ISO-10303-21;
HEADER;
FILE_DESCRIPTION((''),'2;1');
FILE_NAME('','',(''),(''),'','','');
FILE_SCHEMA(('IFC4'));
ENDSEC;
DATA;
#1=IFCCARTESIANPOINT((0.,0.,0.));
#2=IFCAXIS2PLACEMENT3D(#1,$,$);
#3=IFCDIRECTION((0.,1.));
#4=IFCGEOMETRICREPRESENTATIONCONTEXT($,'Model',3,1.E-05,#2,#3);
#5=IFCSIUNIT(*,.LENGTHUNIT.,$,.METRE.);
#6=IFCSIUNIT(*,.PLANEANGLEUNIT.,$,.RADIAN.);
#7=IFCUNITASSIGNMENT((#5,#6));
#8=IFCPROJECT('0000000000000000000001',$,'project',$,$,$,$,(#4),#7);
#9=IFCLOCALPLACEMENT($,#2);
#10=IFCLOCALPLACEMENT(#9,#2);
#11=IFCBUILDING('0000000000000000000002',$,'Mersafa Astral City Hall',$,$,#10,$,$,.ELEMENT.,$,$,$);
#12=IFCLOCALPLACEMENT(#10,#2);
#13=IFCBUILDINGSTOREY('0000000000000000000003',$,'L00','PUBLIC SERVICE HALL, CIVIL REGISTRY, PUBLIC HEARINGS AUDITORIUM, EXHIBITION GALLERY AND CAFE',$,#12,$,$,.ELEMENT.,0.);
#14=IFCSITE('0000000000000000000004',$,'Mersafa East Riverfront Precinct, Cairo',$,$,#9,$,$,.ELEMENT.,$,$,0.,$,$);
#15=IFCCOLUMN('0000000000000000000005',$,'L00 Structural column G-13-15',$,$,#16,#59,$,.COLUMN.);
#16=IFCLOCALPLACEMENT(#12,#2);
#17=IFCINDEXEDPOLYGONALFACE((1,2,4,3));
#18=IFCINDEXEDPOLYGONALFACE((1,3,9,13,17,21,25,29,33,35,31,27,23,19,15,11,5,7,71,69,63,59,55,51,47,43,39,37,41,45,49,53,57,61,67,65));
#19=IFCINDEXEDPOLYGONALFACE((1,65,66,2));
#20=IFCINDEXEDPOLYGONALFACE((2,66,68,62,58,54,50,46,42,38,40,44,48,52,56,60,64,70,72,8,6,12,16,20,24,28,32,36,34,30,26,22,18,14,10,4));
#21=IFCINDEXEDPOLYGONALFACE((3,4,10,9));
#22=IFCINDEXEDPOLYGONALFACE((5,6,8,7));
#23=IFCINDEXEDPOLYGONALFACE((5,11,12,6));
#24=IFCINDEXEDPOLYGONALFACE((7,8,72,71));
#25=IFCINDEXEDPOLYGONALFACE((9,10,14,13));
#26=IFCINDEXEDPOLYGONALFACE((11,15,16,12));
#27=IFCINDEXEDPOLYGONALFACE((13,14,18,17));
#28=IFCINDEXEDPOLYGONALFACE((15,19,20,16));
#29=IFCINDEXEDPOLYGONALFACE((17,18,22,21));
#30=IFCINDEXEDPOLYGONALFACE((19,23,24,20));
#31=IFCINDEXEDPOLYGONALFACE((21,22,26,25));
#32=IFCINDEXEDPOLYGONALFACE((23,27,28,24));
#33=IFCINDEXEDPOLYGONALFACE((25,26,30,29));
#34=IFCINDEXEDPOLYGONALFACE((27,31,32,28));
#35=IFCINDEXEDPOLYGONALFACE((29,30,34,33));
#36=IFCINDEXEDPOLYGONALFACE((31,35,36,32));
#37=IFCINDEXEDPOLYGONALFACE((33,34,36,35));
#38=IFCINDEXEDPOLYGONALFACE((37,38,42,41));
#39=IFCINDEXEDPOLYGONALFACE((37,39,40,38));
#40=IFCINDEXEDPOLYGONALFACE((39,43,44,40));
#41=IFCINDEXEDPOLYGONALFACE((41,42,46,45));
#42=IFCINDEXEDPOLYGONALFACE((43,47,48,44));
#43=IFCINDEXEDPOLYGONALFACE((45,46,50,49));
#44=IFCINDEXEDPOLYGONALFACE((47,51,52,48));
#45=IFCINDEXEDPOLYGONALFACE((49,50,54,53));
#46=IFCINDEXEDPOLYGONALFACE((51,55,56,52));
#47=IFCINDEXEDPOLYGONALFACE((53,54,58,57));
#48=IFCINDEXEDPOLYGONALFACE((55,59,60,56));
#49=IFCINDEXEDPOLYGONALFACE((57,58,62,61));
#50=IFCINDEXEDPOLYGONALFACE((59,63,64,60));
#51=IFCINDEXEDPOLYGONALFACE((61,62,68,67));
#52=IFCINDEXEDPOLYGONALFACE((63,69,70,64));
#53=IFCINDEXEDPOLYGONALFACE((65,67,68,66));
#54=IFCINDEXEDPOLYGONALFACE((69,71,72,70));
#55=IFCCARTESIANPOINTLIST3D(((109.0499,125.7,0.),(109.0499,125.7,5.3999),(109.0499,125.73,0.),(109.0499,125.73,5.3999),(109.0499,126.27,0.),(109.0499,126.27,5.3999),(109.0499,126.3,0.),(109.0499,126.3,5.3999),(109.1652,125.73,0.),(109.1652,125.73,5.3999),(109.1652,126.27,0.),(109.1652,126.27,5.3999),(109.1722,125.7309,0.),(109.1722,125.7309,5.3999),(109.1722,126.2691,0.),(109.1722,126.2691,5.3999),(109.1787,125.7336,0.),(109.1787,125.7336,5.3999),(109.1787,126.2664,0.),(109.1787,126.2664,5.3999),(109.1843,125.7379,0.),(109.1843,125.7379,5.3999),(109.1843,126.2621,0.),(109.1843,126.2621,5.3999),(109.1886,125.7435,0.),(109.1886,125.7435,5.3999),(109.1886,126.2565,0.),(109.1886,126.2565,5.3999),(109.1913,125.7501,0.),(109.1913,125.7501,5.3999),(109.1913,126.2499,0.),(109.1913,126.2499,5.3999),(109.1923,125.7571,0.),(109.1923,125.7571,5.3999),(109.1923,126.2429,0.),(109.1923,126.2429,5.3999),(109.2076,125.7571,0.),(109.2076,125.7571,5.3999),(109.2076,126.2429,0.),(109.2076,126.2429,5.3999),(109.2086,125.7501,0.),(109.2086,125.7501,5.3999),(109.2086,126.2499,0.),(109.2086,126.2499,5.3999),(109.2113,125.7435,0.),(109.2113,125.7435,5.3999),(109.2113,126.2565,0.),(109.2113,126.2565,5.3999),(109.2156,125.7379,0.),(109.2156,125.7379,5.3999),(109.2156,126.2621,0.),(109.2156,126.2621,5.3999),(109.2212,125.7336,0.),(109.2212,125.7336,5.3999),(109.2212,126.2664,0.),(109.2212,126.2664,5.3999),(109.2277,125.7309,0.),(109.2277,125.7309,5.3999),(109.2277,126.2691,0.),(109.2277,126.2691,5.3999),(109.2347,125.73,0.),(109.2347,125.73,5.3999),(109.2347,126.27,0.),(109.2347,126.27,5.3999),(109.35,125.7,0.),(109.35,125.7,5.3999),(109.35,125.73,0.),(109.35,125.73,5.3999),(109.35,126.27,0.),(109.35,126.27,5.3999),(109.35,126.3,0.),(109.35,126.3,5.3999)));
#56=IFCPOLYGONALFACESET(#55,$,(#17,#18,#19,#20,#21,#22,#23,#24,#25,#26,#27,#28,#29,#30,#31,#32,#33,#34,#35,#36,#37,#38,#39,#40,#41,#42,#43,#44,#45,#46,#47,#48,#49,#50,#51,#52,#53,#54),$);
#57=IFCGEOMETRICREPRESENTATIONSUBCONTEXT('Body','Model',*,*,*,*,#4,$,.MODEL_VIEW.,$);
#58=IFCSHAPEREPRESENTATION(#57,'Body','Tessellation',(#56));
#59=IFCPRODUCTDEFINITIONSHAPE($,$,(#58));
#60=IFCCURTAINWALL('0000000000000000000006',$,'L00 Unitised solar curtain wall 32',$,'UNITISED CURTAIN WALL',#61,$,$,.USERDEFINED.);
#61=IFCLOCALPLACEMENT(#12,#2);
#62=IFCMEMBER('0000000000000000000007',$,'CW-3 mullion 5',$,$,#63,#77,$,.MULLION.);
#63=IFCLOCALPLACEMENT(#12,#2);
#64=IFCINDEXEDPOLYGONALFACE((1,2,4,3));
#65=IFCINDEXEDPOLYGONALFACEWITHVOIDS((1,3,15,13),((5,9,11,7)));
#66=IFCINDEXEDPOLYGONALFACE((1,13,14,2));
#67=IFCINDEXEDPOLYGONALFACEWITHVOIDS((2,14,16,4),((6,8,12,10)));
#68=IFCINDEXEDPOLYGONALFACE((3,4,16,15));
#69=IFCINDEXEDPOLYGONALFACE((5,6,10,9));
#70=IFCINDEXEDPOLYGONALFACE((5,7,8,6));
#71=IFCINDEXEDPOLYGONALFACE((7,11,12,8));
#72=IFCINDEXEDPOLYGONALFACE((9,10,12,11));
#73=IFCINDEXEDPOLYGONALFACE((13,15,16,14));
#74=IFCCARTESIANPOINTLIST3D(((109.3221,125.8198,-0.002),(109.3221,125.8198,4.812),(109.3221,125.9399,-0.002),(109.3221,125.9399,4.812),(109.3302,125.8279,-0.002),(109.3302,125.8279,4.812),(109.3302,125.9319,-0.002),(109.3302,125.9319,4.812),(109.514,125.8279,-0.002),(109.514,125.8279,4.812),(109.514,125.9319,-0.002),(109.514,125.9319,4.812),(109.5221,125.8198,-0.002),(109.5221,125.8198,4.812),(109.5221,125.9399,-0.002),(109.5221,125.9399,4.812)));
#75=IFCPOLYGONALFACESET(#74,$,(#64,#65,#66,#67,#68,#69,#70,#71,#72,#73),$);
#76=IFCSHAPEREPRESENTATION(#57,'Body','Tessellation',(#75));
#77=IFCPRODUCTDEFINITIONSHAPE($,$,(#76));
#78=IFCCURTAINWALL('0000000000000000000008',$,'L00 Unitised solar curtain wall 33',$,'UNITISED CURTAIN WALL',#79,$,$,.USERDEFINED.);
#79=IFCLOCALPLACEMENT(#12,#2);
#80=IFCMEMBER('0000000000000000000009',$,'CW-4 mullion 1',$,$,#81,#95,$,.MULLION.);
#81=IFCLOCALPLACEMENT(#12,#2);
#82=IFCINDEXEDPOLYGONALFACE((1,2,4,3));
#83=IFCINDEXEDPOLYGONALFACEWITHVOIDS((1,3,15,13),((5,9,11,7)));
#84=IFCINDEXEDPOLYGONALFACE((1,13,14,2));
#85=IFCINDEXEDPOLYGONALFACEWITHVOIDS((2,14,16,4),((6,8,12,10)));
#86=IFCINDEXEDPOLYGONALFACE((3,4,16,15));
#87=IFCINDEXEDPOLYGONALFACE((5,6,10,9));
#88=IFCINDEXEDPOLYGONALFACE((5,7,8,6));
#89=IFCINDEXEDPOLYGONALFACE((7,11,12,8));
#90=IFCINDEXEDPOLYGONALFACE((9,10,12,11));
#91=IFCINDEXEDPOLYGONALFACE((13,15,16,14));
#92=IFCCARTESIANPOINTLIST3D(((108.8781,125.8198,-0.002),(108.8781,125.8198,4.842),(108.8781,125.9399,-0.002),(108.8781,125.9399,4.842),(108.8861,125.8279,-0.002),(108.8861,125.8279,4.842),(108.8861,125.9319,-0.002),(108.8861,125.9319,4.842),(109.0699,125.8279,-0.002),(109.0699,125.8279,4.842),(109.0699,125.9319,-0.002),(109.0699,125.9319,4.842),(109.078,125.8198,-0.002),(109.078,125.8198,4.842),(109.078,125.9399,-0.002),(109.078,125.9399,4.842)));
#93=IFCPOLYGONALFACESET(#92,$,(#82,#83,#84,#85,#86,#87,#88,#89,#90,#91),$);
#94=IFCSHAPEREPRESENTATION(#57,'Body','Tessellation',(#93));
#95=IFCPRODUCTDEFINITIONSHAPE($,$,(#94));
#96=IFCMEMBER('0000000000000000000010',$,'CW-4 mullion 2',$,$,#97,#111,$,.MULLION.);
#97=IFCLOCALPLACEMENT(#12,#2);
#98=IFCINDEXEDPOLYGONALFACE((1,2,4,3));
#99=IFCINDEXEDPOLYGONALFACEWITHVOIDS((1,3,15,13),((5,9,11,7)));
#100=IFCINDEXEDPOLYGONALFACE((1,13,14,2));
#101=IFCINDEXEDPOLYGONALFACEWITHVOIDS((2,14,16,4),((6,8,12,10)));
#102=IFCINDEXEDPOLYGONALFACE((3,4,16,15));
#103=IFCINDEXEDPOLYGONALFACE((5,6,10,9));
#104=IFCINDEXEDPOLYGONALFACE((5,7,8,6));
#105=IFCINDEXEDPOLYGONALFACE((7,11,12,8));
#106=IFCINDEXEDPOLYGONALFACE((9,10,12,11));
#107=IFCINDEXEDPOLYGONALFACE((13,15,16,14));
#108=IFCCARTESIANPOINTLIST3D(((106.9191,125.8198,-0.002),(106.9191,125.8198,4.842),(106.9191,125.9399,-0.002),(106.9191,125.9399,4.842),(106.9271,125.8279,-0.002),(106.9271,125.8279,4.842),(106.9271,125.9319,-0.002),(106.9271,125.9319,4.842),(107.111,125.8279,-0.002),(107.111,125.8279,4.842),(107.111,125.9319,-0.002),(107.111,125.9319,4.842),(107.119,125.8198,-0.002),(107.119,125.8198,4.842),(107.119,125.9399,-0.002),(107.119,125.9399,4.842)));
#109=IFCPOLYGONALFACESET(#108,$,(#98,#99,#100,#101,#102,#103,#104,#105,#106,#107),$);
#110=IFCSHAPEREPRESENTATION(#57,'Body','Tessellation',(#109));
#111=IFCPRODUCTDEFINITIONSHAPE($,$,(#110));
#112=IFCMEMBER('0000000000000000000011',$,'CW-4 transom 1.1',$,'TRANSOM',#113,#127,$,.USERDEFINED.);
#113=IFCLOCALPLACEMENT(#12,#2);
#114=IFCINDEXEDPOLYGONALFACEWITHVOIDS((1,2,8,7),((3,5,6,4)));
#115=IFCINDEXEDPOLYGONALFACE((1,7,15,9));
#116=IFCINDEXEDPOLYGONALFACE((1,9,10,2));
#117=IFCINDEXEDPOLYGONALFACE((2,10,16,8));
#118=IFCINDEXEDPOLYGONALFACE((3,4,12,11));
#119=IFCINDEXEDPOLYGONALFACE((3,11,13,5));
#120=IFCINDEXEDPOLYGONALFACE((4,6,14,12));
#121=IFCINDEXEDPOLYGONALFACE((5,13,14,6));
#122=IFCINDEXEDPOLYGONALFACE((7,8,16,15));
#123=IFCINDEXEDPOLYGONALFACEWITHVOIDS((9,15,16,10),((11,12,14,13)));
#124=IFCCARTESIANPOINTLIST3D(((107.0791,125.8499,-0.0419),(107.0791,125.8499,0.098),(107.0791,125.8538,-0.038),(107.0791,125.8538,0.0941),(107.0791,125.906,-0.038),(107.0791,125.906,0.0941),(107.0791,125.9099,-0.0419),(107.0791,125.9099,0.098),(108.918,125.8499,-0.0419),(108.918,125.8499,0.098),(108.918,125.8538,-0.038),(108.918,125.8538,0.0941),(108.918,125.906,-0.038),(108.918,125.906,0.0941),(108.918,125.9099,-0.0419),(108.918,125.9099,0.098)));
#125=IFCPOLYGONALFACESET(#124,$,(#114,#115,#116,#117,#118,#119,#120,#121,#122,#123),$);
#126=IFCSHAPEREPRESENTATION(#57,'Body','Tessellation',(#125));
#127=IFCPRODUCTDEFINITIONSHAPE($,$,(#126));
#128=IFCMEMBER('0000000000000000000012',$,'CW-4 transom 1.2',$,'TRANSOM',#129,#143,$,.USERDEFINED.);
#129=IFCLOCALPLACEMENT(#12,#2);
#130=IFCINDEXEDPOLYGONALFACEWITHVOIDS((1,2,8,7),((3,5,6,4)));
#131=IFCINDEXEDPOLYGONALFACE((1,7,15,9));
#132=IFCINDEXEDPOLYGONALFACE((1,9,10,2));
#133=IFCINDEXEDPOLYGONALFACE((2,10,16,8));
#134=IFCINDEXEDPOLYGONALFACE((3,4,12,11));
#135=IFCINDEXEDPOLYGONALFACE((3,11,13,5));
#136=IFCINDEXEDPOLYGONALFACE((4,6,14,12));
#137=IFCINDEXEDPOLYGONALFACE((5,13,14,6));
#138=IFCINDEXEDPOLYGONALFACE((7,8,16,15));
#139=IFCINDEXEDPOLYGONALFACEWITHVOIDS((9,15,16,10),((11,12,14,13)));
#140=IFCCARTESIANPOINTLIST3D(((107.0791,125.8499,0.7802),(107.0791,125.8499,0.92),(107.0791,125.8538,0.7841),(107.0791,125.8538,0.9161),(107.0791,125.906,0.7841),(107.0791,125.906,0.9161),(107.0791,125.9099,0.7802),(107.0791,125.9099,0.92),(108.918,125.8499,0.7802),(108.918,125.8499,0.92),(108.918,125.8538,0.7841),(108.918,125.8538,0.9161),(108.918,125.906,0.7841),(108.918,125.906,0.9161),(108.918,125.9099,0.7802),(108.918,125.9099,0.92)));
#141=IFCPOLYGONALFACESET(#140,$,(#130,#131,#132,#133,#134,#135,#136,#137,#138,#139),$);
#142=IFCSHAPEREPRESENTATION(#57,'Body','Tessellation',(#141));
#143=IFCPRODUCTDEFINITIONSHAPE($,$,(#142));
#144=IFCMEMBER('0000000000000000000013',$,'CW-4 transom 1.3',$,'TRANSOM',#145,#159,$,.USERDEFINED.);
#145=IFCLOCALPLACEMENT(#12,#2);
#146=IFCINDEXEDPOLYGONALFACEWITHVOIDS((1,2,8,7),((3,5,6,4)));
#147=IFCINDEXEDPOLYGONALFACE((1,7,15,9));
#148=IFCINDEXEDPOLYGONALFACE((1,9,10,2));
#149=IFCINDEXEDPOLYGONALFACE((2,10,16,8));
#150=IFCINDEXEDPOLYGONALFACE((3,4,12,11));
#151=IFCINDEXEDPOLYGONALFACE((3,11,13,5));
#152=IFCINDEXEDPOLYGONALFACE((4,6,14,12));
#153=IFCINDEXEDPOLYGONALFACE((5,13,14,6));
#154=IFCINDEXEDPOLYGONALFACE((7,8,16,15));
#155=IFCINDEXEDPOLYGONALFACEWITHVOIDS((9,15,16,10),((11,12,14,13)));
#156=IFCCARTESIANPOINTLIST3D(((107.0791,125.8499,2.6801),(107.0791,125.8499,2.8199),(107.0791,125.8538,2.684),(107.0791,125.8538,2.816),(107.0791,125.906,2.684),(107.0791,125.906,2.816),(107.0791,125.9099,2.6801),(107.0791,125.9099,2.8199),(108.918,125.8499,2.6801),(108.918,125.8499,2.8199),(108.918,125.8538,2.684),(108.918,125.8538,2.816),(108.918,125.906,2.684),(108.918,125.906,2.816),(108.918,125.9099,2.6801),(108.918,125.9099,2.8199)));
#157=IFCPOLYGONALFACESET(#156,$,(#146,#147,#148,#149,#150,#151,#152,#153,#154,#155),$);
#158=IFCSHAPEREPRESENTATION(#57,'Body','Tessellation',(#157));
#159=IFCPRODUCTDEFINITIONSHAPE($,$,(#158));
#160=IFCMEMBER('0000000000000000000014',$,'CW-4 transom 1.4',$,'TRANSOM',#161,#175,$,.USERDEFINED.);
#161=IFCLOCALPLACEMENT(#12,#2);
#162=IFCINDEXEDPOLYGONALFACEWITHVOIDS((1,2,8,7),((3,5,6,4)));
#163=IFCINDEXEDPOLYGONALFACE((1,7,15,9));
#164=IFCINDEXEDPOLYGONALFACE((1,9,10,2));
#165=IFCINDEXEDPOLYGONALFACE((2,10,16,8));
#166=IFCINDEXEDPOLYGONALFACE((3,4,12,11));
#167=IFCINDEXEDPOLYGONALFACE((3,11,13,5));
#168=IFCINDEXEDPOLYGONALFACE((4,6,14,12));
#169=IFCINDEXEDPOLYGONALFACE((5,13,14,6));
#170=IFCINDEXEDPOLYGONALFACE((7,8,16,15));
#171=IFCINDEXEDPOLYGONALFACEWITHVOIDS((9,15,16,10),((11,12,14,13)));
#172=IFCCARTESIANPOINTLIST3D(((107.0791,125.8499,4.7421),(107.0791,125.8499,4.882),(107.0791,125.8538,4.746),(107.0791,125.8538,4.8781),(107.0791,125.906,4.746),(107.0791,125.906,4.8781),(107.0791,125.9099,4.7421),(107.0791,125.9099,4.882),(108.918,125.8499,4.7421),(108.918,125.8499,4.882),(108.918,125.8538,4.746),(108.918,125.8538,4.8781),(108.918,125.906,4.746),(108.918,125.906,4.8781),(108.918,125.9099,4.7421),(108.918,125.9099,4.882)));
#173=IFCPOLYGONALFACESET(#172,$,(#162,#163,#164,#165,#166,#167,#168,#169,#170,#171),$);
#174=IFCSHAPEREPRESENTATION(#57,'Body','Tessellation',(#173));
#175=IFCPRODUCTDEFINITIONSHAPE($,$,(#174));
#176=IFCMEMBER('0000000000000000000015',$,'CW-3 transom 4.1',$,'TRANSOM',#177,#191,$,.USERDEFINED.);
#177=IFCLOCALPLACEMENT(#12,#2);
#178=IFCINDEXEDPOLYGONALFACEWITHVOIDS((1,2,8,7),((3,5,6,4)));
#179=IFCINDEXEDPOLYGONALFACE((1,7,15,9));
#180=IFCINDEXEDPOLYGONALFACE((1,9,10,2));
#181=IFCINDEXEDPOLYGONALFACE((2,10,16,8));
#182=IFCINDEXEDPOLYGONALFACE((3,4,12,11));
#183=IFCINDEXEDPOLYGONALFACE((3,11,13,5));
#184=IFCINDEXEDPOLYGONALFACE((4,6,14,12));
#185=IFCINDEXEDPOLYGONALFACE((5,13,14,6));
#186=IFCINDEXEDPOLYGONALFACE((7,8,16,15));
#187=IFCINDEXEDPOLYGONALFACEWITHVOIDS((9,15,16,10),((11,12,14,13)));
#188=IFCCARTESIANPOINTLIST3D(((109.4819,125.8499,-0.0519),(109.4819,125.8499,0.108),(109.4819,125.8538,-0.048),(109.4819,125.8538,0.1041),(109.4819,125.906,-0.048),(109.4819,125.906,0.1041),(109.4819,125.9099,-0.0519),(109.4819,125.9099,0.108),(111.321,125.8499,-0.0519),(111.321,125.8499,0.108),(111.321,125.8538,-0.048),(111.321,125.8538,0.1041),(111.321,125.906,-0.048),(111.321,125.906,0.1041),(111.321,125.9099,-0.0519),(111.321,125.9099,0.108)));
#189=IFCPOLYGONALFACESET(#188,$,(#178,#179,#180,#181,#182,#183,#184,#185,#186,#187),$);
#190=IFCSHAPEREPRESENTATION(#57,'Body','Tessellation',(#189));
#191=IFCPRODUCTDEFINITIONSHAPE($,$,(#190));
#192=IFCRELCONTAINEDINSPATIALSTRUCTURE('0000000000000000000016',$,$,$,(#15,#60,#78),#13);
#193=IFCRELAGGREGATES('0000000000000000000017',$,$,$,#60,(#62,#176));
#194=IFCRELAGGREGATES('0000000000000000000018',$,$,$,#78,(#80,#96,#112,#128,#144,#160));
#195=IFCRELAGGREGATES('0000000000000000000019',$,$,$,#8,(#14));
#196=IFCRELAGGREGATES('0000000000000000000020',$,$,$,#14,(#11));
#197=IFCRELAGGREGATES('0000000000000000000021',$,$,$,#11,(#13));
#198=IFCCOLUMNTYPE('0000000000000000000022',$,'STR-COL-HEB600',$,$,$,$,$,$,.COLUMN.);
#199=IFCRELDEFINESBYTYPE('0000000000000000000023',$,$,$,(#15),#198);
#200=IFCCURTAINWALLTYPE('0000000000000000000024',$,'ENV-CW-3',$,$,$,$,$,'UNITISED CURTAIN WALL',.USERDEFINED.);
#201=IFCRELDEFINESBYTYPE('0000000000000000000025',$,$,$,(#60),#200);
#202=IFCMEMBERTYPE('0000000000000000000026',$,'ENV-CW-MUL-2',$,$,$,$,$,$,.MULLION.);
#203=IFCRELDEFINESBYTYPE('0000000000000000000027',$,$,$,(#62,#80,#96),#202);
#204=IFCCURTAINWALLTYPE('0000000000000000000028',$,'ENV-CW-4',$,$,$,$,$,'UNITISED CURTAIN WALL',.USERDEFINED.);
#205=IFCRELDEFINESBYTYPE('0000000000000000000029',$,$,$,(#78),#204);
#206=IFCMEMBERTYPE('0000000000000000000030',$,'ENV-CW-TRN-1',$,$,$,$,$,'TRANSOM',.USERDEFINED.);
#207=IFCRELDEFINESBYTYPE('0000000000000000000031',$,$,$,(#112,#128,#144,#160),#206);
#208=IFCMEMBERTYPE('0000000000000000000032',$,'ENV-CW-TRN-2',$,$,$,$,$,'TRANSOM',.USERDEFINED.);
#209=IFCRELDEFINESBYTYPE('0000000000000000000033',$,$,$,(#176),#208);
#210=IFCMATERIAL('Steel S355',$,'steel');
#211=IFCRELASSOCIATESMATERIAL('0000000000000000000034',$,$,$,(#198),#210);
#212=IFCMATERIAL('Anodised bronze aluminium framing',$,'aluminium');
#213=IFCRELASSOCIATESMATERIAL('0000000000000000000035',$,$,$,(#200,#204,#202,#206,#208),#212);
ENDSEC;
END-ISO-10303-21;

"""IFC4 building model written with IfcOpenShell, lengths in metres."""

from ifc_helpers import new_model, si_unit, direction, frame, origin, origin_2d, place, context, subcontext, project, spatial, hollow_rectangle, i_section, extrude, material, material_profile, profile_set, type_object, element, aggregate, save


model = new_model("IFC4")

# Units and contexts
model_context = context("Model", 3, precision=1e-05, world=origin(), true_north=direction((0.0, 1.0)))
body_context = subcontext(model_context, "Body", "Model", "MODEL_VIEW")
ifc_project = project(units=[si_unit("LENGTHUNIT", "METRE"), si_unit("PLANEANGLEUNIT", "RADIAN")], contexts=[model_context])

# Site, building, storey
site_placement = place(None, origin())
site = spatial("IfcSite", under=ifc_project, at=site_placement, Name="Mersafa East Riverfront Precinct, Cairo", CompositionType="ELEMENT", RefElevation=0.0)
building_placement = place(site_placement, origin())
building = spatial("IfcBuilding", under=site, at=building_placement, Name="Mersafa Astral City Hall", CompositionType="ELEMENT")
storey_placement = place(building_placement, origin())
storey = spatial("IfcBuildingStorey", under=building, at=storey_placement, Name="L00", Description="PUBLIC SERVICE HALL, CIVIL REGISTRY, PUBLIC HEARINGS AUDITORIUM, EXHIBITION GALLERY AND CAFE", CompositionType="ELEMENT", Elevation=0.0)

# Column
ifc_material_1 = material(Name="Steel S355", Category="steel")
ifc_material_profile_1 = material_profile(ifc_material_1, i_section(OverallWidth=0.3, OverallDepth=0.6001, WebThickness=0.0154, FlangeThickness=0.03, FilletRadius=0.0271, at=origin_2d()), Name="HEB 600")
ifc_profile_set_1 = profile_set([ifc_material_profile_1], Name="Steel S355")
column_type = type_object("IfcColumnType", Name="STR-COL-HEB600", PredefinedType="COLUMN", material=ifc_profile_set_1)
column_placement = place(storey_placement, frame((109.2, 126.0, 0.0), z_axis=(0.0, 0.0, 1.0), x_axis=(1.0, 0.0, 0.0)))
element("IfcColumn", 1, at=column_placement, inside=storey, type_object=column_type, Name="L00 Structural column G-13-15", PredefinedType="COLUMN", context=body_context, shape_type="SweptSolid", body=[
    extrude(i_section(OverallWidth=0.3, OverallDepth=0.6001, WebThickness=0.0154, FlangeThickness=0.03, FilletRadius=0.0271, at=origin_2d()), origin(), (0.0, 0.0, 1.0), 5.3999),
])

# Curtain wall, member
ifc_material_2 = material(Name="Anodised bronze aluminium framing", Category="aluminium")
curtain_wall_type_1 = type_object("IfcCurtainWallType", Name="ENV-CW-3", ElementType="UNITISED CURTAIN WALL", PredefinedType="USERDEFINED", material=ifc_material_2)
curtain_wall_1_placement = place(storey_placement, origin())
curtain_wall_1 = element("IfcCurtainWall", 2, at=curtain_wall_1_placement, inside=storey, type_object=curtain_wall_type_1, Name="L00 Unitised solar curtain wall 32", ObjectType="UNITISED CURTAIN WALL", PredefinedType="USERDEFINED")
ifc_material_profile_2 = material_profile(ifc_material_2, hollow_rectangle(XDim=0.1201, YDim=0.2, WallThickness=0.0081, at=origin_2d()), Name="RHS 120x200x8")
ifc_profile_set_2 = profile_set([ifc_material_profile_2], Name="Anodised bronze aluminium framing")
member_type_1 = type_object("IfcMemberType", Name="ENV-CW-MUL-2", PredefinedType="MULLION", material=ifc_profile_set_2)
member_1_placement = place(storey_placement, frame((109.4221, 125.8799, -0.002), z_axis=(0.0, 0.0, 1.0), x_axis=(0.0, -1.0, 0.0)))
member_1 = element("IfcMember", 3, at=member_1_placement, type_object=member_type_1, Name="CW-3 mullion 5", PredefinedType="MULLION", context=body_context, shape_type="SweptSolid", body=[
    extrude(hollow_rectangle(XDim=0.1201, YDim=0.2, WallThickness=0.0081, at=origin_2d()), origin(), (0.0, 0.0, 1.0), 4.814),
])

# Curtain wall, members
curtain_wall_type_2 = type_object("IfcCurtainWallType", Name="ENV-CW-4", ElementType="UNITISED CURTAIN WALL", PredefinedType="USERDEFINED", material=ifc_material_2)
curtain_wall_2_placement = place(storey_placement, origin())
curtain_wall_2 = element("IfcCurtainWall", 4, at=curtain_wall_2_placement, inside=storey, type_object=curtain_wall_type_2, Name="L00 Unitised solar curtain wall 33", ObjectType="UNITISED CURTAIN WALL", PredefinedType="USERDEFINED")
member_2_placement = place(storey_placement, frame((108.978, 125.8799, -0.002), z_axis=(0.0, 0.0, 1.0), x_axis=(0.0, -1.0, 0.0)))
member_2 = element("IfcMember", 5, at=member_2_placement, type_object=member_type_1, Name="CW-4 mullion 1", PredefinedType="MULLION", context=body_context, shape_type="SweptSolid", body=[
    extrude(hollow_rectangle(XDim=0.1201, YDim=0.2, WallThickness=0.0081, at=origin_2d()), origin(), (0.0, 0.0, 1.0), 4.844),
])
member_3_placement = place(storey_placement, frame((107.019, 125.8799, -0.002), z_axis=(0.0, 0.0, 1.0), x_axis=(0.0, -1.0, 0.0)))
member_3 = element("IfcMember", 6, at=member_3_placement, type_object=member_type_1, Name="CW-4 mullion 2", PredefinedType="MULLION", context=body_context, shape_type="SweptSolid", body=[
    extrude(hollow_rectangle(XDim=0.1201, YDim=0.2, WallThickness=0.0081, at=origin_2d()), origin(), (0.0, 0.0, 1.0), 4.844),
])
ifc_material_profile_3 = material_profile(ifc_material_2, hollow_rectangle(XDim=0.0601, YDim=0.1399, WallThickness=0.0039, at=origin_2d()), Name="RHS 60x140x4")
ifc_profile_set_3 = profile_set([ifc_material_profile_3], Name="Anodised bronze aluminium framing")
member_type_2 = type_object("IfcMemberType", Name="ENV-CW-TRN-1", ElementType="TRANSOM", PredefinedType="USERDEFINED", material=ifc_profile_set_3)
member_4_placement = place(storey_placement, frame((108.918, 125.8799, 0.0281), z_axis=(-1.0, 0.0, 0.0), x_axis=(0.0, -1.0, 0.0)))
member_4 = element("IfcMember", 7, at=member_4_placement, type_object=member_type_2, Name="CW-4 transom 1.1", ObjectType="TRANSOM", PredefinedType="USERDEFINED", context=body_context, shape_type="SweptSolid", body=[
    extrude(hollow_rectangle(XDim=0.0601, YDim=0.1399, WallThickness=0.0039, at=origin_2d()), origin(), (0.0, 0.0, 1.0), 1.8389),
])
member_5_placement = place(storey_placement, frame((108.918, 125.8799, 0.8501), z_axis=(-1.0, 0.0, 0.0), x_axis=(0.0, -1.0, 0.0)))
member_5 = element("IfcMember", 8, at=member_5_placement, type_object=member_type_2, Name="CW-4 transom 1.2", ObjectType="TRANSOM", PredefinedType="USERDEFINED", context=body_context, shape_type="SweptSolid", body=[
    extrude(hollow_rectangle(XDim=0.0601, YDim=0.1399, WallThickness=0.0039, at=origin_2d()), origin(), (0.0, 0.0, 1.0), 1.8389),
])
member_6_placement = place(storey_placement, frame((108.918, 125.8799, 2.75), z_axis=(-1.0, 0.0, 0.0), x_axis=(0.0, -1.0, 0.0)))
member_6 = element("IfcMember", 9, at=member_6_placement, type_object=member_type_2, Name="CW-4 transom 1.3", ObjectType="TRANSOM", PredefinedType="USERDEFINED", context=body_context, shape_type="SweptSolid", body=[
    extrude(hollow_rectangle(XDim=0.0601, YDim=0.1399, WallThickness=0.0039, at=origin_2d()), origin(), (0.0, 0.0, 1.0), 1.8389),
])
member_7_placement = place(storey_placement, frame((108.918, 125.8799, 4.812), z_axis=(-1.0, 0.0, 0.0), x_axis=(0.0, -1.0, 0.0)))
member_7 = element("IfcMember", 10, at=member_7_placement, type_object=member_type_2, Name="CW-4 transom 1.4", ObjectType="TRANSOM", PredefinedType="USERDEFINED", context=body_context, shape_type="SweptSolid", body=[
    extrude(hollow_rectangle(XDim=0.0601, YDim=0.1399, WallThickness=0.0039, at=origin_2d()), origin(), (0.0, 0.0, 1.0), 1.8389),
])

# Member
ifc_material_profile_4 = material_profile(ifc_material_2, hollow_rectangle(XDim=0.0601, YDim=0.1599, WallThickness=0.0039, at=origin_2d()), Name="RHS 60x160x4")
ifc_profile_set_4 = profile_set([ifc_material_profile_4], Name="Anodised bronze aluminium framing")
member_type_3 = type_object("IfcMemberType", Name="ENV-CW-TRN-2", ElementType="TRANSOM", PredefinedType="USERDEFINED", material=ifc_profile_set_4)
member_8_placement = place(storey_placement, frame((111.321, 125.8799, 0.0281), z_axis=(-1.0, 0.0, 0.0), x_axis=(0.0, -1.0, 0.0)))
member_8 = element("IfcMember", 11, at=member_8_placement, type_object=member_type_3, Name="CW-3 transom 4.1", ObjectType="TRANSOM", PredefinedType="USERDEFINED", context=body_context, shape_type="SweptSolid", body=[
    extrude(hollow_rectangle(XDim=0.0601, YDim=0.1599, WallThickness=0.0039, at=origin_2d()), origin(), (0.0, 0.0, 1.0), 1.8391),
])

aggregate(curtain_wall_1, [member_1, member_8])
aggregate(curtain_wall_2, [member_2, member_3, member_4, member_5, member_6, member_7])

save(model, "model.ifc")
